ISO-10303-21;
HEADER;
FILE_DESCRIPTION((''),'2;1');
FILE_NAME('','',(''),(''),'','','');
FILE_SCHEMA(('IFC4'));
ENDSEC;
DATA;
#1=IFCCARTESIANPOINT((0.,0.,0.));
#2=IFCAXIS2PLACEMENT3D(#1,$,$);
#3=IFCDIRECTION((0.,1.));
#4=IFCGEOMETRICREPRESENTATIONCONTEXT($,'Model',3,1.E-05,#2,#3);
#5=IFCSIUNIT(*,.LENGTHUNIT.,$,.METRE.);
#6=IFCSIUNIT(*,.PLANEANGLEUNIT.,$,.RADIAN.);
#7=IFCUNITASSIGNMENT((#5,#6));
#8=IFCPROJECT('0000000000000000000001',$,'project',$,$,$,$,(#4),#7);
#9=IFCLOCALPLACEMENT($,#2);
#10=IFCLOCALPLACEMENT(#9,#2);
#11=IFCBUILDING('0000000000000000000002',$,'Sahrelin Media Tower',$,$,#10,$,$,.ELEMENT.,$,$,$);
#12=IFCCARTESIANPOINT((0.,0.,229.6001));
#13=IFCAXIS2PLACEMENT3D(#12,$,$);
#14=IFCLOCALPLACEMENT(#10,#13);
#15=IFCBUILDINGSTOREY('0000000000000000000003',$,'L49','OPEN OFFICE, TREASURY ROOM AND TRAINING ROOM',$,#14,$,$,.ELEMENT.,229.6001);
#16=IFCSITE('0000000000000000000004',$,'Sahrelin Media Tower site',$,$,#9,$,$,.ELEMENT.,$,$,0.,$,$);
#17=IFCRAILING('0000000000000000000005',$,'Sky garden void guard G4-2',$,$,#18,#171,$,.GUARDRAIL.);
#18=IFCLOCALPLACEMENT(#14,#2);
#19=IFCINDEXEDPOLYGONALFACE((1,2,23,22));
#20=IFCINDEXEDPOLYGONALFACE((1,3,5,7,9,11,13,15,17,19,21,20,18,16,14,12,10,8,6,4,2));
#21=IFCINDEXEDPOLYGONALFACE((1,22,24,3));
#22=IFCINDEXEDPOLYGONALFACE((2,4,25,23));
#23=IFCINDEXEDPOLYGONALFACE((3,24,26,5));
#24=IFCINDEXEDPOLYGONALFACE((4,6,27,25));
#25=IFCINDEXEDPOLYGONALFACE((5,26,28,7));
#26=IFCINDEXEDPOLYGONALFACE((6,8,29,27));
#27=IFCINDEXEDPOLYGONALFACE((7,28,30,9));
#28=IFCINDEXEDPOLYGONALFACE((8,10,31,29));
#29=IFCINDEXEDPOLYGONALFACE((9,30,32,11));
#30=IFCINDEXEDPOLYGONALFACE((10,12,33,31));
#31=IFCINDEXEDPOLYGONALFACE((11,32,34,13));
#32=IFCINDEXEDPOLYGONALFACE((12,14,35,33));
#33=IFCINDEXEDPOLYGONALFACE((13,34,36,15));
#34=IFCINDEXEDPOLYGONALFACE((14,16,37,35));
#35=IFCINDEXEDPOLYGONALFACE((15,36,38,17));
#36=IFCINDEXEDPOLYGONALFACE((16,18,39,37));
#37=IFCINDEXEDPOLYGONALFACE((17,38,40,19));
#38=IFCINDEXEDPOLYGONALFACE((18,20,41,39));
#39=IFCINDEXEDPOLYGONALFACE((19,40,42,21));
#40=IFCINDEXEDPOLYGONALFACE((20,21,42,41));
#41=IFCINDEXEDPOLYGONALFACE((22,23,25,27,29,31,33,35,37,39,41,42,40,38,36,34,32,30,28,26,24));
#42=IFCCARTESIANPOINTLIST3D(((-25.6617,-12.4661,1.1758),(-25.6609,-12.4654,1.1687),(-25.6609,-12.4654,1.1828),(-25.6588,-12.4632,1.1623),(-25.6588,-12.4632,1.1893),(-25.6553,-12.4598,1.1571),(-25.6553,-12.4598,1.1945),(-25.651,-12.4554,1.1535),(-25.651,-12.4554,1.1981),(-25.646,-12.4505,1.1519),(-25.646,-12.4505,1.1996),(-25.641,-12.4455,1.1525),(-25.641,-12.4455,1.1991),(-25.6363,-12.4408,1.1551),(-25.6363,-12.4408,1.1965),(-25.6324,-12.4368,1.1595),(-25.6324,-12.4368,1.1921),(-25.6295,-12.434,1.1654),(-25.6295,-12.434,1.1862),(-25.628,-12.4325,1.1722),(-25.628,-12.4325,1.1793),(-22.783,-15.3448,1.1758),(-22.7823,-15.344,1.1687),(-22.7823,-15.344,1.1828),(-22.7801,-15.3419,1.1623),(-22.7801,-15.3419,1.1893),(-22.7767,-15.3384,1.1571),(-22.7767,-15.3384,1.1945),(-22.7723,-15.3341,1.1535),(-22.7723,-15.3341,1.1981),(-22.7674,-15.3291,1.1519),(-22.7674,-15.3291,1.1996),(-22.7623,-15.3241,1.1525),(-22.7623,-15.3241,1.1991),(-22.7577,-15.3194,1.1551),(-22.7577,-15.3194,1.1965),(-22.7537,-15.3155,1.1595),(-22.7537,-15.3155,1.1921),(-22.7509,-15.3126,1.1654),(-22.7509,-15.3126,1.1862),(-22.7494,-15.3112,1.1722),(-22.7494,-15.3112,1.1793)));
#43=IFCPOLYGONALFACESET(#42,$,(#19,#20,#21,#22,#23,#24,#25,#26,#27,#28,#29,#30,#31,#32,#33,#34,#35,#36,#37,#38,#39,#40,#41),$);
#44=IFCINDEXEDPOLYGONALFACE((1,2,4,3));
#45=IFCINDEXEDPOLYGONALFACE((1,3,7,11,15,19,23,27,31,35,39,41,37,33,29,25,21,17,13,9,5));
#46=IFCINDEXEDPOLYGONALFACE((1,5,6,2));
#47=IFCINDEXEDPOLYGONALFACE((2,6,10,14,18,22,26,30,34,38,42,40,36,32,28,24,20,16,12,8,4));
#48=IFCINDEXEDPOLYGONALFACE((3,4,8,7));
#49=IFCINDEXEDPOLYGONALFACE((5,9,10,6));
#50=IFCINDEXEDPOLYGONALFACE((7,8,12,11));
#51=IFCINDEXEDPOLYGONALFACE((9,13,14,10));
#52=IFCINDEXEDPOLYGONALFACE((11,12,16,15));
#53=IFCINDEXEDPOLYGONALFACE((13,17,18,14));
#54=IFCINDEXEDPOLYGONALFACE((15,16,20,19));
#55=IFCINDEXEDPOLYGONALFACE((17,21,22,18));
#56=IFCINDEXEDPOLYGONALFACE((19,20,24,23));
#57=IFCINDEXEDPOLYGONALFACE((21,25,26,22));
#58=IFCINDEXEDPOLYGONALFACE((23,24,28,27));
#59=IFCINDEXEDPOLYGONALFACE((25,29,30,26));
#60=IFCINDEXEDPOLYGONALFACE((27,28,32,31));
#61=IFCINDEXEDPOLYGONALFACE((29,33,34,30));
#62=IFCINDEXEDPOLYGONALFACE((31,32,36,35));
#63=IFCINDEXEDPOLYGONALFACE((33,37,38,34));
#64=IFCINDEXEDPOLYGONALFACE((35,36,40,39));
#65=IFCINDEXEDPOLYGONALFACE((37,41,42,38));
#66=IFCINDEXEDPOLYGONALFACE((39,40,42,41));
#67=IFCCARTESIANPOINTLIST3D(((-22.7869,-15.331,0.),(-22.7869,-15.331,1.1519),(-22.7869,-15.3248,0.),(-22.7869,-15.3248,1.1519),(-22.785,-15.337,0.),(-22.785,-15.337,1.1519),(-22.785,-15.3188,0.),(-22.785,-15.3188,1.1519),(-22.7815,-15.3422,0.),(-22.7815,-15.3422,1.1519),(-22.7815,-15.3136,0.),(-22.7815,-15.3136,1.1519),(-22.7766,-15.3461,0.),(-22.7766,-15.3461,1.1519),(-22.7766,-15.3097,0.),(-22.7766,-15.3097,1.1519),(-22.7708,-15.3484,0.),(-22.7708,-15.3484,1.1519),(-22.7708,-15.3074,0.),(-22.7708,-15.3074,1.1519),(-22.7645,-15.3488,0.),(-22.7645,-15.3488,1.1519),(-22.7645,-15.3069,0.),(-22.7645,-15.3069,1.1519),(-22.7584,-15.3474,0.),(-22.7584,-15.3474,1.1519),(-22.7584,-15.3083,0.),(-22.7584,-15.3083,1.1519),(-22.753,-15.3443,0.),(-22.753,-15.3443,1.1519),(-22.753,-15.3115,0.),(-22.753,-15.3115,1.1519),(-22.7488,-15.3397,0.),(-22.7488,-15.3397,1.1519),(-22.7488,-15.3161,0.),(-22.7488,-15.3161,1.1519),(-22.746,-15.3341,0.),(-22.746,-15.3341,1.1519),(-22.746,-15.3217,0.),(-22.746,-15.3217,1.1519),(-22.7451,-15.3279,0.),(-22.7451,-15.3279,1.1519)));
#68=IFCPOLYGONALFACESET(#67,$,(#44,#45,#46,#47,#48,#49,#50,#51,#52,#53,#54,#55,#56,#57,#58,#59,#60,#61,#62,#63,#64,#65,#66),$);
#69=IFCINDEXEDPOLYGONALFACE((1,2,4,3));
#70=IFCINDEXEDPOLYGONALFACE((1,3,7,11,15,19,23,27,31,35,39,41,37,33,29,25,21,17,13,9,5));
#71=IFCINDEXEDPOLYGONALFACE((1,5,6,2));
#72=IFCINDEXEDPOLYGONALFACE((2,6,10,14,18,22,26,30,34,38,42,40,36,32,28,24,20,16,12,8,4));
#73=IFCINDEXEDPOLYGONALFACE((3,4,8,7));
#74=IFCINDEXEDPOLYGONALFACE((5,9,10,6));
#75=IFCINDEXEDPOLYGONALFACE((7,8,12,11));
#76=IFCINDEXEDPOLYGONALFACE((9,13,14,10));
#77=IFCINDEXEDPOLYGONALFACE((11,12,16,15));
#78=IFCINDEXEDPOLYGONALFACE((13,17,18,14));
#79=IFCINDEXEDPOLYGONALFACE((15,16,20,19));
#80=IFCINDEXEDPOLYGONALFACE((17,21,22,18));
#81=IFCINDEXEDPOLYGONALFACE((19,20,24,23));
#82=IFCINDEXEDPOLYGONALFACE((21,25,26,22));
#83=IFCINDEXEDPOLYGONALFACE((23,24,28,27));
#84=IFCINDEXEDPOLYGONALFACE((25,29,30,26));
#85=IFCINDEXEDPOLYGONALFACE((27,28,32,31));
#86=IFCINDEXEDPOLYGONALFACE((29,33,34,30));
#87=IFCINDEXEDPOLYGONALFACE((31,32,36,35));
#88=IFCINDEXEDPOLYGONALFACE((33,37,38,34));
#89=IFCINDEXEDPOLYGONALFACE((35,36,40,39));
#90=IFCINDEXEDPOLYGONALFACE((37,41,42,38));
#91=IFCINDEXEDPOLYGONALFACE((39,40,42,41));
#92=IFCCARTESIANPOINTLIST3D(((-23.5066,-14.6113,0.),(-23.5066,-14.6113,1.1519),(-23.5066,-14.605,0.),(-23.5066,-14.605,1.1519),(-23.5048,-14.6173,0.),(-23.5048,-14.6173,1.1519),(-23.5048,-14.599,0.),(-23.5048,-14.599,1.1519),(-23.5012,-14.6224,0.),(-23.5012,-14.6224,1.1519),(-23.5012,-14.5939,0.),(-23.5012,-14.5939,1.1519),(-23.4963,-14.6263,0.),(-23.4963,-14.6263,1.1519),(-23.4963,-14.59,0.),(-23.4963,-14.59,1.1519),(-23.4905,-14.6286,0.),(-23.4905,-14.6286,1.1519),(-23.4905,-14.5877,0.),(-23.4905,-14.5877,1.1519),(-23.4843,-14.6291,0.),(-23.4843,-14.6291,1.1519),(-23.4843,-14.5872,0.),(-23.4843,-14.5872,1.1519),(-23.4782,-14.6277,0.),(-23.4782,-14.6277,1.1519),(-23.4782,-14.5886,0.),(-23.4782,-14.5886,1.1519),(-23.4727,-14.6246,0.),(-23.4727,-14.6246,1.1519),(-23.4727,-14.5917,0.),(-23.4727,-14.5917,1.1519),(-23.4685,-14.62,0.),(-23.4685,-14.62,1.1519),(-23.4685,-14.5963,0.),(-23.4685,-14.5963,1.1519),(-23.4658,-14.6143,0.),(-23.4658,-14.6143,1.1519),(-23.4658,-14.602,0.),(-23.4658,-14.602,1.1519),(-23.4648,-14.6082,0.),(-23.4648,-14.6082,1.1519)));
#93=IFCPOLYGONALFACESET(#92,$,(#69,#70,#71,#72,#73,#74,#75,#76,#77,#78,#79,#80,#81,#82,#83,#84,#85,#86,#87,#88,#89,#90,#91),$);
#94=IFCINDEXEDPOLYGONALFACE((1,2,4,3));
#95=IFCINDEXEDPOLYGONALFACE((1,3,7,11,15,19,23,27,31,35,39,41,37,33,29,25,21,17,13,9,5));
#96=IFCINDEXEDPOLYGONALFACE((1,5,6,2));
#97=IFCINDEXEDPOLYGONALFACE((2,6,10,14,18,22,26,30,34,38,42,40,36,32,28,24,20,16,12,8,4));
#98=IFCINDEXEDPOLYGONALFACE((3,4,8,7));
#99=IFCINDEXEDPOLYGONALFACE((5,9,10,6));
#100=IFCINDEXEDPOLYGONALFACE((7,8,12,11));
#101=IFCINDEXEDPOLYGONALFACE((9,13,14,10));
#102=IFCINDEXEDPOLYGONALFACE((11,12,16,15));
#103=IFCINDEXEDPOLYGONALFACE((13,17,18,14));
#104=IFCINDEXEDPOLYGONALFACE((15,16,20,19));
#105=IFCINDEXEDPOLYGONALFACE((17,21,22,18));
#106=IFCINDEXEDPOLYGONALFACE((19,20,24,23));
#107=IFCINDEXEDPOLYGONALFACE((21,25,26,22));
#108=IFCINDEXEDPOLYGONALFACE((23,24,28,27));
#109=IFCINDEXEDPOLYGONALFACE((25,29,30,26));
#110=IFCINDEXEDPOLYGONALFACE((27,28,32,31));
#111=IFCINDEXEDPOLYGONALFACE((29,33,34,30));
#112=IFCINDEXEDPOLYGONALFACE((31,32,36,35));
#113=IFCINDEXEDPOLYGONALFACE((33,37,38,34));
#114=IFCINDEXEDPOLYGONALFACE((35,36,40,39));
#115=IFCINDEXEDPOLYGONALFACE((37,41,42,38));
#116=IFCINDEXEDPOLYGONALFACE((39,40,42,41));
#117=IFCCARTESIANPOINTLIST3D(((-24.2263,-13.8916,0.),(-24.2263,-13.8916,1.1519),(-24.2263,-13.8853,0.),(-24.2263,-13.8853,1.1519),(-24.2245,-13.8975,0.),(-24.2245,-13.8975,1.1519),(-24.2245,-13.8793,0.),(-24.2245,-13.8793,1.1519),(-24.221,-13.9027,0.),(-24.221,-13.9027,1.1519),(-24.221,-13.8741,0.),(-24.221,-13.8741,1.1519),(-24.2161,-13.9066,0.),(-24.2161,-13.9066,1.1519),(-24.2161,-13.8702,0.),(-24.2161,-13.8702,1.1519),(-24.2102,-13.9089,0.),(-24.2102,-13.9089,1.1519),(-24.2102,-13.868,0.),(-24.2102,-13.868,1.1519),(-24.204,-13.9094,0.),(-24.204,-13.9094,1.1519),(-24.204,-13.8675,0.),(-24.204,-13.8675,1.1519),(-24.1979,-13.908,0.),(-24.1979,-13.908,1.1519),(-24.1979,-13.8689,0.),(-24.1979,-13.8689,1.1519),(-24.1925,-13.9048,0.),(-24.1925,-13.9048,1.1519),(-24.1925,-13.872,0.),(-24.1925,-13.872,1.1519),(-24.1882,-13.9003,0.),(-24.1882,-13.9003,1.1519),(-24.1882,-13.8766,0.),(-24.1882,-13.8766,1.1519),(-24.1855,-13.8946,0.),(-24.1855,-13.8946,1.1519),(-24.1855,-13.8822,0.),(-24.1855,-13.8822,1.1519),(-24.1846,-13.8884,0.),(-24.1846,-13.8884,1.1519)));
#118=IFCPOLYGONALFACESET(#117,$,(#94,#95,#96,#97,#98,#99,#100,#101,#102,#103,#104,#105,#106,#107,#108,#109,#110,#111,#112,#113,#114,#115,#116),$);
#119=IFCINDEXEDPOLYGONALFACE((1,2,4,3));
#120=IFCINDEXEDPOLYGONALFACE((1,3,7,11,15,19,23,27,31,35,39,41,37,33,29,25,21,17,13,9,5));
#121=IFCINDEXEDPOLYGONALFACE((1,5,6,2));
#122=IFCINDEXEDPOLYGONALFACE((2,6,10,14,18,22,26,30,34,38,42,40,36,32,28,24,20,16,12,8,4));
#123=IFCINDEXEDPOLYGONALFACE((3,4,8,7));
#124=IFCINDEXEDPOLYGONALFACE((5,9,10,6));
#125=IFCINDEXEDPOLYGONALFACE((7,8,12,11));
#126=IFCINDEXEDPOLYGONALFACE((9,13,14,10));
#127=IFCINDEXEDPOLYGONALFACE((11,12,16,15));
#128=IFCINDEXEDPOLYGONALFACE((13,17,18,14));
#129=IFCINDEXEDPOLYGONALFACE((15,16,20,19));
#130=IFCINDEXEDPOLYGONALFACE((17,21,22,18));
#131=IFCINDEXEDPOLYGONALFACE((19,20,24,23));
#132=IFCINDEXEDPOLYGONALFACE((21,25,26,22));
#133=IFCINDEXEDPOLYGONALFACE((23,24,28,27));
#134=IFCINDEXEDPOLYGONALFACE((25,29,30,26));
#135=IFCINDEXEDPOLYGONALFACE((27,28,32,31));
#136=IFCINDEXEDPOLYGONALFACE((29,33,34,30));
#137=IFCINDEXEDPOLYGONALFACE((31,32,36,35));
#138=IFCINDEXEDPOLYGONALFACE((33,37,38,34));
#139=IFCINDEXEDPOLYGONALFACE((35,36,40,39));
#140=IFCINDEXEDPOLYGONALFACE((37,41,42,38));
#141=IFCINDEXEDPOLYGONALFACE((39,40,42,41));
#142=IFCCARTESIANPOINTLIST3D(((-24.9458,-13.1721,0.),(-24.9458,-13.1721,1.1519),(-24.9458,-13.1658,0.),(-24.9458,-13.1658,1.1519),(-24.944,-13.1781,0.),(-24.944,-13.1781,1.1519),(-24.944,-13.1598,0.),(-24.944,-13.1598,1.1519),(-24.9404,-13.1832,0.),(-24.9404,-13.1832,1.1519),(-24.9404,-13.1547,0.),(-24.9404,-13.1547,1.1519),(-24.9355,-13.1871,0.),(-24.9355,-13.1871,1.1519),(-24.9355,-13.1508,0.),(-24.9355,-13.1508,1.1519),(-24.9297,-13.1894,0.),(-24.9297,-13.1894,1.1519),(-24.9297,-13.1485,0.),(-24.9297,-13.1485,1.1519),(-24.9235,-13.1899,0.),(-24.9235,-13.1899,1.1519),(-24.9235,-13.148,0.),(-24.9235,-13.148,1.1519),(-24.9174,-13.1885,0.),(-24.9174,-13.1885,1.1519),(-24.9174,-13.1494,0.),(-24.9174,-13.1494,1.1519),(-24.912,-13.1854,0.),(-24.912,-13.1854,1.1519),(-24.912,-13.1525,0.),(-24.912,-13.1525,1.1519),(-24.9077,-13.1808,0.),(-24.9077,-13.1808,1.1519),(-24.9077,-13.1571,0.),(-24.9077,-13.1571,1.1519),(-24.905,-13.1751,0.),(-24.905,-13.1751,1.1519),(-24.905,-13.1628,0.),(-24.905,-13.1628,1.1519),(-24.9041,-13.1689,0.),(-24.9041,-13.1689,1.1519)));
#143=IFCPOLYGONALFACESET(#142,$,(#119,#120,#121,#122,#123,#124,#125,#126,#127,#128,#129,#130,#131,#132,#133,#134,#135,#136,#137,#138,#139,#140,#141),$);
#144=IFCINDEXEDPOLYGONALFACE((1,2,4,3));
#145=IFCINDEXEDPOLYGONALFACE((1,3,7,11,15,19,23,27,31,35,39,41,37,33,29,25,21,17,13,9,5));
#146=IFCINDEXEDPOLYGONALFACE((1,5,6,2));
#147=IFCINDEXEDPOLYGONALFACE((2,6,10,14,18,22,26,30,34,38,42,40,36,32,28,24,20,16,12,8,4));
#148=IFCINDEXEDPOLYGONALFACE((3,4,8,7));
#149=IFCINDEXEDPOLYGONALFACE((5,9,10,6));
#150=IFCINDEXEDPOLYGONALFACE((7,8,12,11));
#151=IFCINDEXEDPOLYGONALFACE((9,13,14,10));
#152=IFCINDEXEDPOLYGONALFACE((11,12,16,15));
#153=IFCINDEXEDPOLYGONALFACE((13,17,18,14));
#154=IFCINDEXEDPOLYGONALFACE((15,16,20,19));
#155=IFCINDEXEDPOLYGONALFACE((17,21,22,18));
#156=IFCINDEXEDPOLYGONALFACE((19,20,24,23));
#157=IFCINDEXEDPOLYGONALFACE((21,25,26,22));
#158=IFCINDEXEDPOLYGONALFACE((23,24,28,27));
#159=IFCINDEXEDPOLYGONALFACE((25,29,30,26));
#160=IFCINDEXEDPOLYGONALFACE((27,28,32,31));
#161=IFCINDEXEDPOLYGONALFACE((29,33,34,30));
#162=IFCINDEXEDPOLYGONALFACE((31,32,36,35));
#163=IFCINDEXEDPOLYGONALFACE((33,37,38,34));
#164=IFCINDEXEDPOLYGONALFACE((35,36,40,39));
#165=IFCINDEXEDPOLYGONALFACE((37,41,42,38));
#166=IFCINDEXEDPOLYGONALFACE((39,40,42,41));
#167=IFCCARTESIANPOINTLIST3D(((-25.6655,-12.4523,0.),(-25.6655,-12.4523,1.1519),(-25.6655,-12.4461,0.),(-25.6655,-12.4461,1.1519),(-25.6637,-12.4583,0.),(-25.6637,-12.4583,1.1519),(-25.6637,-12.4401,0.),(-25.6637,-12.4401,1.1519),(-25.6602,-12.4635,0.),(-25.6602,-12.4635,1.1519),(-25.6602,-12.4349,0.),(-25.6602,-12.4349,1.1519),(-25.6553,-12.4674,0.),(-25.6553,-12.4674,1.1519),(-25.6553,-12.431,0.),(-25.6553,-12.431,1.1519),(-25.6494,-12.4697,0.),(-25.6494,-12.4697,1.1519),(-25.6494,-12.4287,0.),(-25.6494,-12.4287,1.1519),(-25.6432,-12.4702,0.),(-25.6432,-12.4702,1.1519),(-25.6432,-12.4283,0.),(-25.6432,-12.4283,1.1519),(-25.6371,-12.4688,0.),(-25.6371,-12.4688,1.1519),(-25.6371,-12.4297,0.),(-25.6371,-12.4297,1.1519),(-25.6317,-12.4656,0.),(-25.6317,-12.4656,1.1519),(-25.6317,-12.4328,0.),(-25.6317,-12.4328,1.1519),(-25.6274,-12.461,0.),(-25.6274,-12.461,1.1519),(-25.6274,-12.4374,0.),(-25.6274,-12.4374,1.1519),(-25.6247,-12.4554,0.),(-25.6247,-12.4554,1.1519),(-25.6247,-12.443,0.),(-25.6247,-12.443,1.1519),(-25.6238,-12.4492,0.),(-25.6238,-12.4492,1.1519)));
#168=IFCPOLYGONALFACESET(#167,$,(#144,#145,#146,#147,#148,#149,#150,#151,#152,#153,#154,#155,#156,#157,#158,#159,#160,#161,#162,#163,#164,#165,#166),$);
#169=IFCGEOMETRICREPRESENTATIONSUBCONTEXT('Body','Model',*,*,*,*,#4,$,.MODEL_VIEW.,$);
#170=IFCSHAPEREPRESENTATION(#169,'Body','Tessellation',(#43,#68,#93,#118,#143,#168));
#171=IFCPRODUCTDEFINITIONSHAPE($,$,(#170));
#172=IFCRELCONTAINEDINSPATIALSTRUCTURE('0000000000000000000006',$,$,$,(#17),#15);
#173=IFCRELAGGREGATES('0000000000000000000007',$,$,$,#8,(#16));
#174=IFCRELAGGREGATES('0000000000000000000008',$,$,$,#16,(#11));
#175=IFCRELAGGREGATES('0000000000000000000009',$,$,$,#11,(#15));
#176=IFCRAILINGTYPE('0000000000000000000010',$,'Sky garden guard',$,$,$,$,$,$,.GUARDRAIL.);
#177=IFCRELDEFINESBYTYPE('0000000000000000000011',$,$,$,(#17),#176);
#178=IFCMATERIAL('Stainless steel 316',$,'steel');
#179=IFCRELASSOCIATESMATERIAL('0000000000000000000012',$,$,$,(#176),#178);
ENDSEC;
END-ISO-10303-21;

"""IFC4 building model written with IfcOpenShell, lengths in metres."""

from ifc_helpers import new_model, si_unit, direction, frame, origin, origin_2d, place, context, subcontext, project, spatial, circle, extrude, material, type_object, element, save


model = new_model("IFC4")

# Units and contexts
model_context = context("Model", 3, precision=1e-05, world=origin(), true_north=direction((0.0, 1.0)))
body_context = subcontext(model_context, "Body", "Model", "MODEL_VIEW")
ifc_project = project(units=[si_unit("LENGTHUNIT", "METRE"), si_unit("PLANEANGLEUNIT", "RADIAN")], contexts=[model_context])

# Site, building, storey
site_placement = place(None, origin())
site = spatial("IfcSite", under=ifc_project, at=site_placement, Name="Sahrelin Media Tower site", CompositionType="ELEMENT", RefElevation=0.0)
building_placement = place(site_placement, origin())
building = spatial("IfcBuilding", under=site, at=building_placement, Name="Sahrelin Media Tower", CompositionType="ELEMENT")
storey_placement = place(building_placement, frame((0.0, 0.0, 229.6001)))
storey = spatial("IfcBuildingStorey", under=building, at=storey_placement, Name="L49", Description="OPEN OFFICE, TREASURY ROOM AND TRAINING ROOM", CompositionType="ELEMENT", Elevation=229.6001)

# Railing
ifc_material_1 = material(Name="Stainless steel 316", Category="steel")
railing_type = type_object("IfcRailingType", Name="Sky garden guard", PredefinedType="GUARDRAIL", material=ifc_material_1)
railing_1_placement = place(storey_placement, frame((-22.7661, -15.3279, 0.0)))
element("IfcRailing", 1, at=railing_1_placement, inside=storey, type_object=railing_type, Name="Sky garden void guard G4-2", PredefinedType="GUARDRAIL", context=body_context, shape_type="SweptSolid", body=[
    extrude(circle(Radius=0.0239, at=origin_2d()), frame((0.0, 0.0, 1.1758), z_axis=(-0.707107, 0.707107, 0.0), x_axis=(-0.707107, -0.707107, 0.0)), (0.0, 0.0, 1.0), 4.071),
    extrude(circle(Radius=0.021, at=origin_2d()), origin(), (0.0, 0.0, 1.0), 1.1519),
    extrude(circle(Radius=0.021, at=origin_2d()), frame((-0.7197, 0.7197, 0.0)), (0.0, 0.0, 1.0), 1.1519),
    extrude(circle(Radius=0.021, at=origin_2d()), frame((-1.4395, 1.4395, 0.0)), (0.0, 0.0, 1.0), 1.1519),
    extrude(circle(Radius=0.021, at=origin_2d()), frame((-2.1589, 2.1589, 0.0)), (0.0, 0.0, 1.0), 1.1519),
    extrude(circle(Radius=0.021, at=origin_2d()), frame((-2.8787, 2.8787, 0.0)), (0.0, 0.0, 1.0), 1.1519),
])

save(model, "model.ifc")
